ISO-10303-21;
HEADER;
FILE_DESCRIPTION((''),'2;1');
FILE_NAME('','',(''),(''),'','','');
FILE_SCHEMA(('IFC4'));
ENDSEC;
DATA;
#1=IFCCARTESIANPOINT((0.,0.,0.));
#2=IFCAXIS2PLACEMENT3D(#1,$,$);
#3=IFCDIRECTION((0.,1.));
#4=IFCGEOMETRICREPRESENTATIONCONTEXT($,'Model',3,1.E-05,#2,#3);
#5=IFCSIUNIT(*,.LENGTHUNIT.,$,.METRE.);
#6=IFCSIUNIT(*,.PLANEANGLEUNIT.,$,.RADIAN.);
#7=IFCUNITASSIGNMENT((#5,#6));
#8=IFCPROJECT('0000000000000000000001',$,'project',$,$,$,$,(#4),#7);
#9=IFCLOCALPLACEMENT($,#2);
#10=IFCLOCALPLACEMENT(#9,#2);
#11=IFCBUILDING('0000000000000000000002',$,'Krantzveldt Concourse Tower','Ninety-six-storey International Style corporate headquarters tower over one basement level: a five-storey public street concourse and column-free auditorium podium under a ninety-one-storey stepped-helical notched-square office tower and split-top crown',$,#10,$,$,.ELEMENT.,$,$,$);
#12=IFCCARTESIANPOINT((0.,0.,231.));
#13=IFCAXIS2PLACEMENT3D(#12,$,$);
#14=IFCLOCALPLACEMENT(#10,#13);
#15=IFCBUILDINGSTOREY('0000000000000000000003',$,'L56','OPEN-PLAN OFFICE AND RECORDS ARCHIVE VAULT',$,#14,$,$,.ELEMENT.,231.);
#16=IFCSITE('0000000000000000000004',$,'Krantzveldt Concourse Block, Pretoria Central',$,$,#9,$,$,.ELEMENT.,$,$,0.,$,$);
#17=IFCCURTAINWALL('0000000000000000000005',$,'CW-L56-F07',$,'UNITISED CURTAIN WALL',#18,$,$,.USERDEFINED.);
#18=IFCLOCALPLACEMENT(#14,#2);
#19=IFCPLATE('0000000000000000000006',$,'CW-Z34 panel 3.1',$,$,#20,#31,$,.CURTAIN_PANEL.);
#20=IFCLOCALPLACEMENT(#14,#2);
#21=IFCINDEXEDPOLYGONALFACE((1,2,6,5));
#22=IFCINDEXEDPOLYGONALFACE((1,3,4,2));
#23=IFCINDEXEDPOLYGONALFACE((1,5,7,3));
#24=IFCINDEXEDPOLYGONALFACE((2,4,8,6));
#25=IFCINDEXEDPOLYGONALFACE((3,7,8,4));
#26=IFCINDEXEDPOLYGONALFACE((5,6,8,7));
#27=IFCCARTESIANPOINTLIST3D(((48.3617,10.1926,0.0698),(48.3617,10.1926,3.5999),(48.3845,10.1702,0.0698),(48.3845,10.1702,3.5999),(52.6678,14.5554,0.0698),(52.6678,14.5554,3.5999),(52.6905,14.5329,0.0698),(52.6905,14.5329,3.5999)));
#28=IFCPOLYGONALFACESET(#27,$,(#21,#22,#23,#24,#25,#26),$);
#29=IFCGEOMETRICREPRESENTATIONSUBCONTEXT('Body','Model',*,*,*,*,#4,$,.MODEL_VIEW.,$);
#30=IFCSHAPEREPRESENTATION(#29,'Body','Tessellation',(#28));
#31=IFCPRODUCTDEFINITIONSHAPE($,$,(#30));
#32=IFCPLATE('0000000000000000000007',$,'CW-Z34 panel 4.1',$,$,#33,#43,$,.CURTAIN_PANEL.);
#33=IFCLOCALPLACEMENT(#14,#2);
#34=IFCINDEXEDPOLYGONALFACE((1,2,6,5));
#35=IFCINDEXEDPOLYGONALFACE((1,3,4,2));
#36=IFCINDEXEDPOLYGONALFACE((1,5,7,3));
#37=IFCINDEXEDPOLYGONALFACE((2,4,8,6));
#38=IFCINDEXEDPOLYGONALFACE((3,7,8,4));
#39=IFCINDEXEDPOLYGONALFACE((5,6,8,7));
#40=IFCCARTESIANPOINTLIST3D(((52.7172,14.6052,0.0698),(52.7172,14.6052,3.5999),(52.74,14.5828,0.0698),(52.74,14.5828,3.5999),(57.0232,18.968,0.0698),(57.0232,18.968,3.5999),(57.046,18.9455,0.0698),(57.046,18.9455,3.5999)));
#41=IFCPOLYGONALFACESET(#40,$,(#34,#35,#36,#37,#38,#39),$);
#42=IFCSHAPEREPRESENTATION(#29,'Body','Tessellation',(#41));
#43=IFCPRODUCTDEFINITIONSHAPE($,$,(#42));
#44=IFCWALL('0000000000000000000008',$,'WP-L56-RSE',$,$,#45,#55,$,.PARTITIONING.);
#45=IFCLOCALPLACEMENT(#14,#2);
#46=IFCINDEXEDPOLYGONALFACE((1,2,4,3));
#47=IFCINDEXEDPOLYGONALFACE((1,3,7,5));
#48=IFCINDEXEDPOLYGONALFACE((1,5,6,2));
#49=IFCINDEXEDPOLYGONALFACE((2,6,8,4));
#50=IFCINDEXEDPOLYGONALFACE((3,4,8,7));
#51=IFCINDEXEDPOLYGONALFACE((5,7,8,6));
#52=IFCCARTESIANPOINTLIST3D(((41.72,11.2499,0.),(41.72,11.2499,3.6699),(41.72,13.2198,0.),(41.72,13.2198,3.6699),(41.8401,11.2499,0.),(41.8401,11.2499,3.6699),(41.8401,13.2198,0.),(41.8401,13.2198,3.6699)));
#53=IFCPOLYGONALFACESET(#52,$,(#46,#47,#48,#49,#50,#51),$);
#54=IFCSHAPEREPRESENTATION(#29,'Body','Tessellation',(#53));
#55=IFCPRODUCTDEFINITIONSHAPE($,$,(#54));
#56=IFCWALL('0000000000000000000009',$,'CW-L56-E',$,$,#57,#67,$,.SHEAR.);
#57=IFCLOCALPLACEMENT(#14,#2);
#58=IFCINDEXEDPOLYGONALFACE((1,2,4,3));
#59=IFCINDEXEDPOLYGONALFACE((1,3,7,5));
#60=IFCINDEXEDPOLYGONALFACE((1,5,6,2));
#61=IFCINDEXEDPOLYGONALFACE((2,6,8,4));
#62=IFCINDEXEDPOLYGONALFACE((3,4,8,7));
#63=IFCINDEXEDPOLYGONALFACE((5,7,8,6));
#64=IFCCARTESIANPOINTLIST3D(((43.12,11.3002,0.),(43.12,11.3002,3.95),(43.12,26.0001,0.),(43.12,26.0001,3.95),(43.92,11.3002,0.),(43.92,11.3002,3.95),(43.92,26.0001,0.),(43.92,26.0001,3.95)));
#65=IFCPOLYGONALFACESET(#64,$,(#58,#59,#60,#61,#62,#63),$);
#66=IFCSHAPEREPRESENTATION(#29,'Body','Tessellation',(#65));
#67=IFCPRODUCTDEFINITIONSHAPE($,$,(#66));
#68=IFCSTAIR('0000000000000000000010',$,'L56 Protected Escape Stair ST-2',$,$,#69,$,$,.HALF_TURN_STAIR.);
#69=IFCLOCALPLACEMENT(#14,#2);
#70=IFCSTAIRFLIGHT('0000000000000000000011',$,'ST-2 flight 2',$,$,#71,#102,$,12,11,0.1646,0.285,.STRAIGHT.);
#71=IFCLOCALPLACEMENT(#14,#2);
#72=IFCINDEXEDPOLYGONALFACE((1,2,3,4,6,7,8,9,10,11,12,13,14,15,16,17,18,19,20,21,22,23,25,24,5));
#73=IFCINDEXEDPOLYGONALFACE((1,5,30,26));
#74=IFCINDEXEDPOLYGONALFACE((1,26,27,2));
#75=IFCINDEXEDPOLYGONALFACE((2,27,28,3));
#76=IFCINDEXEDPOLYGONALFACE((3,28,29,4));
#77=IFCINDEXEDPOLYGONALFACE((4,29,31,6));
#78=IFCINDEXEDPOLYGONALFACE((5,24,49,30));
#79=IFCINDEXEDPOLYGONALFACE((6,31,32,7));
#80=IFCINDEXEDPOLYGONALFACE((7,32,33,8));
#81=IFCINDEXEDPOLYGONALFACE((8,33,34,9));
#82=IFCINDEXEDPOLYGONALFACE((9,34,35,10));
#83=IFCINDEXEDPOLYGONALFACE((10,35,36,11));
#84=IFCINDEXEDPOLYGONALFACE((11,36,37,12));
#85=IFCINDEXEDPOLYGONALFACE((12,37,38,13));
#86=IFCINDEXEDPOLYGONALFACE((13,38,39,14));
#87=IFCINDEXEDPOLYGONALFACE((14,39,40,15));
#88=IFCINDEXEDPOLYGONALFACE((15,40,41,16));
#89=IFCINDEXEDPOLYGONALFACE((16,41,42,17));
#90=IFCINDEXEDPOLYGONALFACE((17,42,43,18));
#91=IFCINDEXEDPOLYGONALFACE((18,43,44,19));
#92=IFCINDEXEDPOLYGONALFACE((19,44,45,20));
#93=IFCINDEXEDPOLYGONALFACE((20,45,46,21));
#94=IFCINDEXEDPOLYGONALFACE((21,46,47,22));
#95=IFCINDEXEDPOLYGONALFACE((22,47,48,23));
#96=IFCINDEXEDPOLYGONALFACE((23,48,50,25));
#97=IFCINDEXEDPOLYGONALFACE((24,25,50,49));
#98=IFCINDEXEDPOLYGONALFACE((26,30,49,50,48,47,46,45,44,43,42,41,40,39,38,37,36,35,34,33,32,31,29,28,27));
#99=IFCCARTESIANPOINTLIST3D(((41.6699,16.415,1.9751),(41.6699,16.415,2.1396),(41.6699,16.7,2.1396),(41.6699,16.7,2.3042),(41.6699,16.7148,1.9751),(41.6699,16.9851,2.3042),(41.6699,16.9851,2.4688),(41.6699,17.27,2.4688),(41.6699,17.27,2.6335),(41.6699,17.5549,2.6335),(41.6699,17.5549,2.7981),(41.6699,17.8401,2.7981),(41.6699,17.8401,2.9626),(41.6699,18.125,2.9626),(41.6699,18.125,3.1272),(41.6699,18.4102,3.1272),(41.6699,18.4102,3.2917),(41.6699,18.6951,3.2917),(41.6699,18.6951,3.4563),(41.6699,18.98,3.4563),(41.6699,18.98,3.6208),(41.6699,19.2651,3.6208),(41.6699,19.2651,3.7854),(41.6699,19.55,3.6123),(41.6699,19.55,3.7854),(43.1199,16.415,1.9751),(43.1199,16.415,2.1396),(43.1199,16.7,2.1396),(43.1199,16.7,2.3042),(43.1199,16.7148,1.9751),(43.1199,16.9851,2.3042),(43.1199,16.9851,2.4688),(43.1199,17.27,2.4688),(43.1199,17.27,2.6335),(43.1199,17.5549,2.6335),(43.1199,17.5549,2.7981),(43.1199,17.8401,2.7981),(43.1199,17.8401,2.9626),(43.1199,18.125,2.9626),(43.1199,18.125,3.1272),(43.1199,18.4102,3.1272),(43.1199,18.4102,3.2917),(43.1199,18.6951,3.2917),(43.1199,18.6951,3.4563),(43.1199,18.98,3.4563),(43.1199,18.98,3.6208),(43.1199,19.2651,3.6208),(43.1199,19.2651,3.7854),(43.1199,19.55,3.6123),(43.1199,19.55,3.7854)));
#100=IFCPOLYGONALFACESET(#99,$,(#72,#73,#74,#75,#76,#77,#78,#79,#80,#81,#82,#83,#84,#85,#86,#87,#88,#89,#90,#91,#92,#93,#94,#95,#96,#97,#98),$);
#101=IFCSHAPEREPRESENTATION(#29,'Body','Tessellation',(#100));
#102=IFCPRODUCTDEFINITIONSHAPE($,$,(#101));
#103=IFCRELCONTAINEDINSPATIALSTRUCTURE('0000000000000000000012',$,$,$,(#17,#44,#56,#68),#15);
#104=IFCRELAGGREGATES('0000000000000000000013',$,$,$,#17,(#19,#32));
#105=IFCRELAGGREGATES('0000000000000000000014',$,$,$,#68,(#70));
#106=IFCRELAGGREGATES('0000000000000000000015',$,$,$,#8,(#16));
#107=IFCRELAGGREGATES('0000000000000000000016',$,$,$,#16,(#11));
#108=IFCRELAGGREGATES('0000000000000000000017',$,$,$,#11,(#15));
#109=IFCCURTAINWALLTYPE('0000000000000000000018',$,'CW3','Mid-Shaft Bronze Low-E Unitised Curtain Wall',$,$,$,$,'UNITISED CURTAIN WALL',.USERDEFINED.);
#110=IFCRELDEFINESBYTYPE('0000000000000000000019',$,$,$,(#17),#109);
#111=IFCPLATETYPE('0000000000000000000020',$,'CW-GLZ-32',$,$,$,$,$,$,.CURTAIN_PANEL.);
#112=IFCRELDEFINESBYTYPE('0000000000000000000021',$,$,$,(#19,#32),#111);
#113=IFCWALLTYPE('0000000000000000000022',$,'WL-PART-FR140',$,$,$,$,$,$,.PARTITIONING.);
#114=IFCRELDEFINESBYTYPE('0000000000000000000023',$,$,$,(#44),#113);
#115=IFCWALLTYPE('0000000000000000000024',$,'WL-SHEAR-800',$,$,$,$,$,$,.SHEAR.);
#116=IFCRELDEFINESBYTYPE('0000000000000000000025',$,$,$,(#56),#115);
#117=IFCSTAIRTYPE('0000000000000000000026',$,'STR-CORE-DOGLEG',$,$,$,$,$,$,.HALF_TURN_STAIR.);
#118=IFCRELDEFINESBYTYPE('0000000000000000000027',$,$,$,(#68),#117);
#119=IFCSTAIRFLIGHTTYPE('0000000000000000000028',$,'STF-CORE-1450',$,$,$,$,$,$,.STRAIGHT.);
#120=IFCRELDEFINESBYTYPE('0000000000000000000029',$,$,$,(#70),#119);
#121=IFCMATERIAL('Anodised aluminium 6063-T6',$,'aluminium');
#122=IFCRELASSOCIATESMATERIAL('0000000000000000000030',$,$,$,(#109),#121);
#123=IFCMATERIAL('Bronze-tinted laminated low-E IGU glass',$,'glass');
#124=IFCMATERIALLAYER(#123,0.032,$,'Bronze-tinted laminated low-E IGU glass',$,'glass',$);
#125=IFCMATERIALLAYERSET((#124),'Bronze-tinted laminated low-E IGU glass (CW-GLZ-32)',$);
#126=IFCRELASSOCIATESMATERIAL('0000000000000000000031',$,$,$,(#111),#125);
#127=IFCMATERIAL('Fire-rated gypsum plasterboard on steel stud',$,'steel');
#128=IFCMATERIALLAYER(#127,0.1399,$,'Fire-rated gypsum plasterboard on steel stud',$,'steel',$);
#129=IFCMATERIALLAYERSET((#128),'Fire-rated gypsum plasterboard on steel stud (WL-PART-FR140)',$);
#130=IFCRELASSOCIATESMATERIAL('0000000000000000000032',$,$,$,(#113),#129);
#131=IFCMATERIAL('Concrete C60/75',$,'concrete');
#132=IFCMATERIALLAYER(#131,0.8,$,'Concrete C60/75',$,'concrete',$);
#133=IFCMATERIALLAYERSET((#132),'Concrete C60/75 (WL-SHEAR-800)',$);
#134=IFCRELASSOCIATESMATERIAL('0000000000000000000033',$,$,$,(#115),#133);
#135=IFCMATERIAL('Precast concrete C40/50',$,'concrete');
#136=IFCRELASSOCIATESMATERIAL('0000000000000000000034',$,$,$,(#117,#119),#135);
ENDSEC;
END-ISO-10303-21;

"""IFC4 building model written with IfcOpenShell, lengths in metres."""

from ifc_helpers import new_model, si_unit, direction, frame, frame_2d, origin, origin_2d, place, context, subcontext, project, spatial, polyline, rectangle, outline, extrude, source, transform, mapped, material, layer, layer_set, type_object, element, aggregate, save


model = new_model("IFC4")

# Units and contexts
model_context = context("Model", 3, precision=1e-05, world=origin(), true_north=direction((0.0, 1.0)))
body_context = subcontext(model_context, "Body", "Model", "MODEL_VIEW")
ifc_project = project(units=[si_unit("LENGTHUNIT", "METRE"), si_unit("PLANEANGLEUNIT", "RADIAN")], contexts=[model_context])

# Site, building, storey
site_placement = place(None, origin())
site = spatial("IfcSite", under=ifc_project, at=site_placement, Name="Krantzveldt Concourse Block, Pretoria Central", CompositionType="ELEMENT", RefElevation=0.0)
building_placement = place(site_placement, origin())
building = spatial("IfcBuilding", under=site, at=building_placement, Name="Krantzveldt Concourse Tower", Description="Ninety-six-storey International Style corporate headquarters tower over one basement level: a five-storey public street concourse and column-free auditorium podium under a ninety-one-storey stepped-helical notched-square office tower and split-top crown", CompositionType="ELEMENT")
storey_placement = place(building_placement, frame((0.0, 0.0, 231.0)))
storey = spatial("IfcBuildingStorey", under=building, at=storey_placement, Name="L56", Description="OPEN-PLAN OFFICE AND RECORDS ARCHIVE VAULT", CompositionType="ELEMENT", Elevation=231.0)

# Curtain wall, plates
ifc_material_1 = material(Name="Anodised aluminium 6063-T6", Category="aluminium")
curtain_wall_type = type_object("IfcCurtainWallType", Name="CW3", Description="Mid-Shaft Bronze Low-E Unitised Curtain Wall", ElementType="UNITISED CURTAIN WALL", PredefinedType="USERDEFINED", material=ifc_material_1)
curtain_wall_placement = place(storey_placement, origin())
curtain_wall = element("IfcCurtainWall", 1, at=curtain_wall_placement, inside=storey, type_object=curtain_wall_type, Name="CW-L56-F07", ObjectType="UNITISED CURTAIN WALL", PredefinedType="USERDEFINED")
ifc_material_2 = material(Name="Bronze-tinted laminated low-E IGU glass", Category="glass")
ifc_layer_1 = layer(ifc_material_2, 0.032, Name="Bronze-tinted laminated low-E IGU glass", Category="glass")
ifc_layer_set_1 = layer_set([ifc_layer_1], Name="Bronze-tinted laminated low-E IGU glass (CW-GLZ-32)")
plate_type = type_object("IfcPlateType", Name="CW-GLZ-32", PredefinedType="CURTAIN_PANEL", material=ifc_layer_set_1)
shared_shape_1 = source(origin(), body_context, "Body", "SweptSolid", [
    extrude(rectangle(XDim=6.1299, YDim=0.032, at=origin_2d()), origin(), (0.0, 0.0, 1.0), 3.53),
])
plate_1_placement = place(storey_placement, frame((50.5261, 12.3628, 0.0698), z_axis=(0.0, 0.0, 1.0), x_axis=(0.702464, 0.71172, 0.0)))
plate_1 = element("IfcPlate", 2, at=plate_1_placement, type_object=plate_type, Name="CW-Z34 panel 3.1", PredefinedType="CURTAIN_PANEL", context=body_context, shape_type="MappedRepresentation", body=[
    mapped(shared_shape_1, transform((0.0, 0.0, 0.0), x_axis=(1.0, 0.0, 0.0), y_axis=(0.0, 1.0, 0.0), z_axis=(0.0, 0.0, 1.0), scale=1.0)),
])
plate_2_placement = place(storey_placement, frame((54.8816, 16.7754, 0.0698), z_axis=(0.0, 0.0, 1.0), x_axis=(0.702464, 0.71172, 0.0)))
plate_2 = element("IfcPlate", 3, at=plate_2_placement, type_object=plate_type, Name="CW-Z34 panel 4.1", PredefinedType="CURTAIN_PANEL", context=body_context, shape_type="MappedRepresentation", body=[
    mapped(shared_shape_1, transform((0.0, 0.0, 0.0), x_axis=(1.0, 0.0, 0.0), y_axis=(0.0, 1.0, 0.0), z_axis=(0.0, 0.0, 1.0), scale=1.0)),
])
aggregate(curtain_wall, [plate_1, plate_2])

# Walls
ifc_material_3 = material(Name="Fire-rated gypsum plasterboard on steel stud", Category="steel")
ifc_layer_2 = layer(ifc_material_3, 0.1399, Name="Fire-rated gypsum plasterboard on steel stud", Category="steel")
ifc_layer_set_2 = layer_set([ifc_layer_2], Name="Fire-rated gypsum plasterboard on steel stud (WL-PART-FR140)")
wall_type_1 = type_object("IfcWallType", Name="WL-PART-FR140", PredefinedType="PARTITIONING", material=ifc_layer_set_2)
wall_1_placement = place(storey_placement, frame((41.78, 11.25, 0.0), z_axis=(0.0, 0.0, 1.0), x_axis=(0.0, 1.0, 0.0)))
element("IfcWall", 4, at=wall_1_placement, inside=storey, type_object=wall_type_1, Name="WP-L56-RSE", PredefinedType="PARTITIONING", context=body_context, shape_type="SweptSolid", body=[
    extrude(rectangle(XDim=1.97, YDim=0.1201, at=frame_2d((0.9849, 0.0))), origin(), (0.0, 0.0, 1.0), 3.6699),
])
ifc_material_4 = material(Name="Concrete C60/75", Category="concrete")
ifc_layer_3 = layer(ifc_material_4, 0.8, Name="Concrete C60/75", Category="concrete")
ifc_layer_set_3 = layer_set([ifc_layer_3], Name="Concrete C60/75 (WL-SHEAR-800)")
wall_type_2 = type_object("IfcWallType", Name="WL-SHEAR-800", PredefinedType="SHEAR", material=ifc_layer_set_3)
wall_2_placement = place(storey_placement, frame((43.52, 11.3, 0.0), z_axis=(0.0, 0.0, 1.0), x_axis=(0.0, 1.0, 0.0)))
element("IfcWall", 5, at=wall_2_placement, inside=storey, type_object=wall_type_2, Name="CW-L56-E", PredefinedType="SHEAR", context=body_context, shape_type="SweptSolid", body=[
    extrude(rectangle(XDim=14.7, YDim=0.8, at=frame_2d((7.3501, 0.0))), origin(), (0.0, 0.0, 1.0), 3.95),
])

# Stair, stair flight
ifc_material_5 = material(Name="Precast concrete C40/50", Category="concrete")
stair_type = type_object("IfcStairType", Name="STR-CORE-DOGLEG", PredefinedType="HALF_TURN_STAIR", material=ifc_material_5)
stair_placement = place(storey_placement, origin())
stair = element("IfcStair", 6, at=stair_placement, inside=storey, type_object=stair_type, Name="L56 Protected Escape Stair ST-2", PredefinedType="HALF_TURN_STAIR")
stair_flight_type = type_object("IfcStairFlightType", Name="STF-CORE-1450", PredefinedType="STRAIGHT", material=ifc_material_5)
stair_flight_placement = place(storey_placement, frame((42.395, 16.415, 1.9751), z_axis=(0.0, 0.0, 1.0), x_axis=(0.0, 1.0, 0.0)))
stair_flight = element("IfcStairFlight", 7, at=stair_flight_placement, type_object=stair_flight_type, Name="ST-2 flight 2", NumberOfRisers=12, NumberOfTreads=11, PredefinedType="STRAIGHT", RiserHeight=0.1646, TreadLength=0.285, context=body_context, shape_type="SweptSolid", body=[
    extrude(outline(polyline([(0.0, 0.0), (0.0, 0.1646), (0.2849, 0.1646), (0.2849, 0.3291), (0.5701, 0.3291), (0.5701, 0.4937), (0.855, 0.4937), (0.855, 0.6584), (1.1399, 0.6584), (1.1399, 0.823), (1.425, 0.823), (1.425, 0.9875), (1.71, 0.9875), (1.71, 1.1521), (1.9951, 1.1521), (1.9951, 1.3167), (2.28, 1.3167), (2.28, 1.4812), (2.5649, 1.4812), (2.5649, 1.6458), (2.8501, 1.6458), (2.8501, 1.8103), (3.135, 1.8103), (3.135, 1.9751), (3.135, 1.6372), (0.2998, 0.0), (0.0, 0.0)])), frame((0.0, 0.7251, 0.0), z_axis=(0.0, -1.0, 0.0), x_axis=(1.0, 0.0, 0.0)), (0.0, 0.0, 1.0), 1.45),
])
aggregate(stair, [stair_flight])

save(model, "model.ifc")
